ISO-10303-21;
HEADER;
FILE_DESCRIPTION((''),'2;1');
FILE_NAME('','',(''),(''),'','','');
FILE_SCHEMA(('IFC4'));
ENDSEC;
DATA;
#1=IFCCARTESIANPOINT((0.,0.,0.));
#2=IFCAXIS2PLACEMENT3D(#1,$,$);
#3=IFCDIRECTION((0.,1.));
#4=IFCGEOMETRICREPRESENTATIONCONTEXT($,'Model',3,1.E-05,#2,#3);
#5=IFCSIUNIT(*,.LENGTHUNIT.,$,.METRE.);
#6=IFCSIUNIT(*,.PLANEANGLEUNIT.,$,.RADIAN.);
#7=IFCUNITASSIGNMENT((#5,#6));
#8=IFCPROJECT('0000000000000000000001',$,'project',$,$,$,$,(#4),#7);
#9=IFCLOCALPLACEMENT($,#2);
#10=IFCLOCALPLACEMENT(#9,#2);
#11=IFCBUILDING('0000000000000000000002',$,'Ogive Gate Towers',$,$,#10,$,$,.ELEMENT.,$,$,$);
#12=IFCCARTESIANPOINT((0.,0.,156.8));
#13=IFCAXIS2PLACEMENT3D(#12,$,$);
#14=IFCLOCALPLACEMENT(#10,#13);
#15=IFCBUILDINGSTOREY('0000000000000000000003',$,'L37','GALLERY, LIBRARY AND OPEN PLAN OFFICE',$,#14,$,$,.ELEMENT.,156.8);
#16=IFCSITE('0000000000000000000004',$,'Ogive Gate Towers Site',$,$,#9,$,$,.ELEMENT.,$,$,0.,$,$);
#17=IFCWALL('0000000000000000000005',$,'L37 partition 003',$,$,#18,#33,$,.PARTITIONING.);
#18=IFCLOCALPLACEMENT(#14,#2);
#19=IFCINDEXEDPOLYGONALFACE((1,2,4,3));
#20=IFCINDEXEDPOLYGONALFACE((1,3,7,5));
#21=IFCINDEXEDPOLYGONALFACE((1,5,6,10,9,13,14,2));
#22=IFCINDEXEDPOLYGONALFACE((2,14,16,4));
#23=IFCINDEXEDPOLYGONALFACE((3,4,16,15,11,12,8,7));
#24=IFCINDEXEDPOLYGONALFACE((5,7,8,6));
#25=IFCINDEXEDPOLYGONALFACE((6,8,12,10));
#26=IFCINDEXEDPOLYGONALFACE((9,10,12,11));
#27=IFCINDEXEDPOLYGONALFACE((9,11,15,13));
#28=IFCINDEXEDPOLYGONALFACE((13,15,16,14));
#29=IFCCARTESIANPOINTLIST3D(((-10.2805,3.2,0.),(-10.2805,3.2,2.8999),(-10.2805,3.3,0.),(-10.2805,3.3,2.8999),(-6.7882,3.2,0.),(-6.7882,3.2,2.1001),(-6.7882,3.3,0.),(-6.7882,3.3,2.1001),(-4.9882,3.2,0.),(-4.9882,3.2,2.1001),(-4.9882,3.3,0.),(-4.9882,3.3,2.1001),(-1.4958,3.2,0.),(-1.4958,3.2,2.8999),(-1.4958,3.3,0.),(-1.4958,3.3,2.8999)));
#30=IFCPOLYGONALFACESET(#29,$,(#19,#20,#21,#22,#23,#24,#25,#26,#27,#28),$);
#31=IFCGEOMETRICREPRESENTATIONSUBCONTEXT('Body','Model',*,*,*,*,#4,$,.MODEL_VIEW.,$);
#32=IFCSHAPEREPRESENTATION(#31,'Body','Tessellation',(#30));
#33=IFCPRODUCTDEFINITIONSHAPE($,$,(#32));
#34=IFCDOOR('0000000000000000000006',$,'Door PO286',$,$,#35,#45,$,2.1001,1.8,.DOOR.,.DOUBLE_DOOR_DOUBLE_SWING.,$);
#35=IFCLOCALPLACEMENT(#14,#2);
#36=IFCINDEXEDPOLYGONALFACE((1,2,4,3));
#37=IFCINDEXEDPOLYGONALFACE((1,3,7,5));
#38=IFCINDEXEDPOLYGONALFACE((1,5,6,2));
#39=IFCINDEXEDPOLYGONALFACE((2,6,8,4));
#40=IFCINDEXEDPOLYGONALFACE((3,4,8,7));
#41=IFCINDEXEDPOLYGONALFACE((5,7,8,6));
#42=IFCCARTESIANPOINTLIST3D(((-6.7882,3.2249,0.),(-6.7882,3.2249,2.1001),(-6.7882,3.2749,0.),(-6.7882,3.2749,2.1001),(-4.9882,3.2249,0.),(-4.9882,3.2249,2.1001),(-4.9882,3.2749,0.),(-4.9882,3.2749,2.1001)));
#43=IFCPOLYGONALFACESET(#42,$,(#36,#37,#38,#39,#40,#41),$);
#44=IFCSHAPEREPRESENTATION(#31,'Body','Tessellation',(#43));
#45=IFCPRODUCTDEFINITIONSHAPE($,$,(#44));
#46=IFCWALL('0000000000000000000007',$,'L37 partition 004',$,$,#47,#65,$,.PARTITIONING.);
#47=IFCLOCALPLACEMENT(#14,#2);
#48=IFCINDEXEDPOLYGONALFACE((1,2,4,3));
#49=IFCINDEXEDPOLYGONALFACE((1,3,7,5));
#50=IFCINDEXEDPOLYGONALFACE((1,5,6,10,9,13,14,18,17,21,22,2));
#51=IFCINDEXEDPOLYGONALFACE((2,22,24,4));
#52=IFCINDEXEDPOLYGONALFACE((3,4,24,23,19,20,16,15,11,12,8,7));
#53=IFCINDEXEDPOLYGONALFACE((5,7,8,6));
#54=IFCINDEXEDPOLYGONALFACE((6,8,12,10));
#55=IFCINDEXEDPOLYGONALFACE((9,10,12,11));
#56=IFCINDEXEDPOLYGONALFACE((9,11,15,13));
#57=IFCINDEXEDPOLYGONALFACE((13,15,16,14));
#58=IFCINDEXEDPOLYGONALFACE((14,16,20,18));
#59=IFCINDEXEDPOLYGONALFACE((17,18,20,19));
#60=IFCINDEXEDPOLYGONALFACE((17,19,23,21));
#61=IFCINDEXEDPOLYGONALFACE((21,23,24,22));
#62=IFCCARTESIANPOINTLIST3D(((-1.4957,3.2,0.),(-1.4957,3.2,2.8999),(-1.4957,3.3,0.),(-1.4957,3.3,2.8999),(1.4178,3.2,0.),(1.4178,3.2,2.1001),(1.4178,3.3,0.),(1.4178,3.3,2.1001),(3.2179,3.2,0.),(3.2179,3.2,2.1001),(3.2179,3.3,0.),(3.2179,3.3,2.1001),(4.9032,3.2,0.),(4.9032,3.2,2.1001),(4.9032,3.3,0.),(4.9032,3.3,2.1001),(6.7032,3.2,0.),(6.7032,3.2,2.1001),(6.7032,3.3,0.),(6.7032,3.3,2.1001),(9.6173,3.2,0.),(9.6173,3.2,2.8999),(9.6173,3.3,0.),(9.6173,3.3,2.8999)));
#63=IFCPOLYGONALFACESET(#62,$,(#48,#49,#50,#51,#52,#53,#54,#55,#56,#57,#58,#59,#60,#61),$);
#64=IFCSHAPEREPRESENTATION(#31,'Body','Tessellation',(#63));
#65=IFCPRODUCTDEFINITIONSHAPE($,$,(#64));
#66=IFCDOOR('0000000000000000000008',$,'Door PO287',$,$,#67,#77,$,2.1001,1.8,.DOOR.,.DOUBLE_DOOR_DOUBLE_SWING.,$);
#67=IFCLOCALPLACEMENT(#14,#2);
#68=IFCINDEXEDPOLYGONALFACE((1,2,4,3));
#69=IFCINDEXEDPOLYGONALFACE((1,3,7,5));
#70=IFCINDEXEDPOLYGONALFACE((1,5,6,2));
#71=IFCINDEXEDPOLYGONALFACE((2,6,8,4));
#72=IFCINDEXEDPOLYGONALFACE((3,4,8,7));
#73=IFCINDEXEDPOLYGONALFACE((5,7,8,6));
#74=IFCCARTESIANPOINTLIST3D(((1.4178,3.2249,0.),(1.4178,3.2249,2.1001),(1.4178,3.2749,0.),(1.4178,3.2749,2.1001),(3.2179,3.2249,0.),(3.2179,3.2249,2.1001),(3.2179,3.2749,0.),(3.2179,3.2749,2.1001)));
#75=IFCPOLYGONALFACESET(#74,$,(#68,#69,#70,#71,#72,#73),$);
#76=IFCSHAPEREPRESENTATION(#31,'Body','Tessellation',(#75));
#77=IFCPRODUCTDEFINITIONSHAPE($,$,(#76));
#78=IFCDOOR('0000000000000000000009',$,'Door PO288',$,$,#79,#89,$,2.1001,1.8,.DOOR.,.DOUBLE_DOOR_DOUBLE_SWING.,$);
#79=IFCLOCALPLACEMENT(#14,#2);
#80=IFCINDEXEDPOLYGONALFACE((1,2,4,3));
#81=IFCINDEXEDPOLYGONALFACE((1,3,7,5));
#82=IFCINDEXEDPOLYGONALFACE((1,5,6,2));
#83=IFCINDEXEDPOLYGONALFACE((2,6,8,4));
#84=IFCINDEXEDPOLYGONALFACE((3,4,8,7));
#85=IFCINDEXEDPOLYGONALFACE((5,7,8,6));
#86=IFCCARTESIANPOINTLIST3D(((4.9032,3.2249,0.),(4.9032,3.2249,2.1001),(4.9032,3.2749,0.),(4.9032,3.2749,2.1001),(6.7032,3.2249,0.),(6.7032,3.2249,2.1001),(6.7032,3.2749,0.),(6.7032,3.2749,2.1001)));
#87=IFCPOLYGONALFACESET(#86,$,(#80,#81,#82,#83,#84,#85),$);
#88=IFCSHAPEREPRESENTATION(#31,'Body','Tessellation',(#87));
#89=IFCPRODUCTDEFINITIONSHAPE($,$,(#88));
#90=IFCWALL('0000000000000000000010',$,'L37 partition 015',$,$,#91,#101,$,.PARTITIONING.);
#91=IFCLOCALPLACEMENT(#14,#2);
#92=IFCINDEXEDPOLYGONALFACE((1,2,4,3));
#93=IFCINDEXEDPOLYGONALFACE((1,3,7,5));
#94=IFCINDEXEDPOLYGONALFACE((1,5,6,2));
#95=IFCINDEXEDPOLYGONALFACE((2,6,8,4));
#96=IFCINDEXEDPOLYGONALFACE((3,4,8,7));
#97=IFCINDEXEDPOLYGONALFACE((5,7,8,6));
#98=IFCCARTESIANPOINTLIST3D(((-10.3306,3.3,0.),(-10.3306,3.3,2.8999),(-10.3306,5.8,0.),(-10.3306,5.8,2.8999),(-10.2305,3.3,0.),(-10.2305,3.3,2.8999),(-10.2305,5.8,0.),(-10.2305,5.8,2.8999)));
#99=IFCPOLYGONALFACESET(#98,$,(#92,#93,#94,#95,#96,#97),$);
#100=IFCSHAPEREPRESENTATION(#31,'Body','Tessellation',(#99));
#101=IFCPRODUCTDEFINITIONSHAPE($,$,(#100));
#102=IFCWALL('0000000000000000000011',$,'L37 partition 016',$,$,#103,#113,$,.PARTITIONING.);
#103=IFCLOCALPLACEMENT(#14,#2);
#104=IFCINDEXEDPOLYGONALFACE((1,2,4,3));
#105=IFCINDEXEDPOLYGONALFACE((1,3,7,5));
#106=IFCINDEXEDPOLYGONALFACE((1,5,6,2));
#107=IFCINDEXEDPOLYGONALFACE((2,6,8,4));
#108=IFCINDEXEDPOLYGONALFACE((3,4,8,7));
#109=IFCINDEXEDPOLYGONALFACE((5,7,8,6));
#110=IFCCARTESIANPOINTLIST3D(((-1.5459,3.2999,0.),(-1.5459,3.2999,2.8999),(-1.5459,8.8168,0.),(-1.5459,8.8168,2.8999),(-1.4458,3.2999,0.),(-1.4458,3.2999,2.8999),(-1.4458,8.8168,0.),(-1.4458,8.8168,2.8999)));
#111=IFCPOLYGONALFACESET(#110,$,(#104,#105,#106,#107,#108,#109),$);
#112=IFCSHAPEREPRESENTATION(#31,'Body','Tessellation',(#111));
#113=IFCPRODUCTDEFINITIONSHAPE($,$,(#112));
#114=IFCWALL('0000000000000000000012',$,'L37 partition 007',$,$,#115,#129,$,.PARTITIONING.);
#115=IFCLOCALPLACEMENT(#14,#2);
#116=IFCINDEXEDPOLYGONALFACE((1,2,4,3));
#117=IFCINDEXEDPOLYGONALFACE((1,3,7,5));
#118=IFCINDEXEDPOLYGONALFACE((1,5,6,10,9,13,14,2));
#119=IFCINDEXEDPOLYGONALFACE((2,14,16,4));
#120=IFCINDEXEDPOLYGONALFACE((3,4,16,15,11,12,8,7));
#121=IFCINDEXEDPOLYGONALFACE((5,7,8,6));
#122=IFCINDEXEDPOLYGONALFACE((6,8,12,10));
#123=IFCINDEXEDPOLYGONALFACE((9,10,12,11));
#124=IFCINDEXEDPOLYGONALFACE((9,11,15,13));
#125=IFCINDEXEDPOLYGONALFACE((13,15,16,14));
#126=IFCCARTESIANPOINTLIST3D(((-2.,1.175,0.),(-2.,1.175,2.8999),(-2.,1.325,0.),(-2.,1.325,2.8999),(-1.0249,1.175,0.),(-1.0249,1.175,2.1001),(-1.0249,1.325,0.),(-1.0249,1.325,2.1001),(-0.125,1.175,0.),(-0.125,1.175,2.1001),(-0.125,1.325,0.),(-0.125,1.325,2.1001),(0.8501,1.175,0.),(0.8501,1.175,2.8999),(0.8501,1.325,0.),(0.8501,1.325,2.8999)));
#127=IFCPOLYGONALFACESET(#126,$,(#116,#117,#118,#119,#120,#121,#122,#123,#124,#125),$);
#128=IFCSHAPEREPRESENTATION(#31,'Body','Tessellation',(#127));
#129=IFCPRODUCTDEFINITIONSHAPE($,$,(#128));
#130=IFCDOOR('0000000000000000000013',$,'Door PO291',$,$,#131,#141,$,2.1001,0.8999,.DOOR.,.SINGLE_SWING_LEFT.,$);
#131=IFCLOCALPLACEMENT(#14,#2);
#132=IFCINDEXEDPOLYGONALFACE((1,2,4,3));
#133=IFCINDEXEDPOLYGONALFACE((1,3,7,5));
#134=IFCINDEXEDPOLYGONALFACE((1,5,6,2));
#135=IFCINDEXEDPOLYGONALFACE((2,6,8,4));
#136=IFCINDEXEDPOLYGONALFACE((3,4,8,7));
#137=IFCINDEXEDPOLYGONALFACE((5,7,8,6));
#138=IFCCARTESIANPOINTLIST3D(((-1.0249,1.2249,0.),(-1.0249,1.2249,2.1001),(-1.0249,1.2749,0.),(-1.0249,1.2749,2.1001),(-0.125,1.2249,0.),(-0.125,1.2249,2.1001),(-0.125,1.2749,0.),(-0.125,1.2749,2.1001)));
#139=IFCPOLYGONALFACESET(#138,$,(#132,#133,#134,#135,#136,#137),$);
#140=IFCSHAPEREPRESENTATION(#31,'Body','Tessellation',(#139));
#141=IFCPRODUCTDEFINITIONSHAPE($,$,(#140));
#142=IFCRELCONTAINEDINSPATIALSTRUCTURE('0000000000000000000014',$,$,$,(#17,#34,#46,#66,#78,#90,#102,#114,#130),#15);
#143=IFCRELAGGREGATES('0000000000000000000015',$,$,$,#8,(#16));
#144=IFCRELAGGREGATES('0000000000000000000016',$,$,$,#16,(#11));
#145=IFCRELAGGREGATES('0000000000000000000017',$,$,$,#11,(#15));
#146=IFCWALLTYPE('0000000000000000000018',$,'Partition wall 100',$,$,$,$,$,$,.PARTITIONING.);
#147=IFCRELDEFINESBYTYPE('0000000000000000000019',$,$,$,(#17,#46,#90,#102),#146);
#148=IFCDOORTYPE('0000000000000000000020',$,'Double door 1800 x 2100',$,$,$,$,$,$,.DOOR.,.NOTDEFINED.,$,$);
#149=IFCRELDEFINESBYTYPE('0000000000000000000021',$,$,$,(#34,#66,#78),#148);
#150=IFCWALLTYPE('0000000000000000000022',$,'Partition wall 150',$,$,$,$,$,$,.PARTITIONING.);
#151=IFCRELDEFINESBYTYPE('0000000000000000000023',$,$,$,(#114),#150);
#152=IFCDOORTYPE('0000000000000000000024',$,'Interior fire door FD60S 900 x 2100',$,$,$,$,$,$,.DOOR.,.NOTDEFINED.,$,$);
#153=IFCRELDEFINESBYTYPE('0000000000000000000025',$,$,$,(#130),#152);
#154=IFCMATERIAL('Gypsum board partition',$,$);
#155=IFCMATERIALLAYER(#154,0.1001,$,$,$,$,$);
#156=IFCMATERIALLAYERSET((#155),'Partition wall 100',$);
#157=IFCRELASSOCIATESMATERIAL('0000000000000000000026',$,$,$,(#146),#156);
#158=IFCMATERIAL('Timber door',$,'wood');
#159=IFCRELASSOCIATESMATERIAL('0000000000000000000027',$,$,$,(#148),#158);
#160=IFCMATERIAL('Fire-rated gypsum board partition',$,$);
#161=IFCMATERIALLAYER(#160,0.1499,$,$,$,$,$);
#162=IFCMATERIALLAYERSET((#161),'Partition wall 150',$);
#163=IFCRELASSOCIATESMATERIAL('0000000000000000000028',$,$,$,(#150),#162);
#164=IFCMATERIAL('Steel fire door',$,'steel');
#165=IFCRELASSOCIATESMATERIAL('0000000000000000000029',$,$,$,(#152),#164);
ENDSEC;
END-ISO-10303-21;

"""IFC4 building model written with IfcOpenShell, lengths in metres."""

from ifc_helpers import new_model, si_unit, direction, frame, frame_2d, origin, place, context, subcontext, project, spatial, rectangle, extrude, material, layer, layer_set, type_object, element, fill, save


model = new_model("IFC4")

# Units and contexts
model_context = context("Model", 3, precision=1e-05, world=origin(), true_north=direction((0.0, 1.0)))
body_context = subcontext(model_context, "Body", "Model", "MODEL_VIEW")
ifc_project = project(units=[si_unit("LENGTHUNIT", "METRE"), si_unit("PLANEANGLEUNIT", "RADIAN")], contexts=[model_context])

# Site, building, storey
site_placement = place(None, origin())
site = spatial("IfcSite", under=ifc_project, at=site_placement, Name="Ogive Gate Towers Site", CompositionType="ELEMENT", RefElevation=0.0)
building_placement = place(site_placement, origin())
building = spatial("IfcBuilding", under=site, at=building_placement, Name="Ogive Gate Towers", CompositionType="ELEMENT")
storey_placement = place(building_placement, frame((0.0, 0.0, 156.8)))
storey = spatial("IfcBuildingStorey", under=building, at=storey_placement, Name="L37", Description="GALLERY, LIBRARY AND OPEN PLAN OFFICE", CompositionType="ELEMENT", Elevation=156.8)

# Wall, opening, door
ifc_material_1 = material(Name="Gypsum board partition")
ifc_layer_1 = layer(ifc_material_1, 0.1001)
ifc_layer_set_1 = layer_set([ifc_layer_1], Name="Partition wall 100")
wall_type_1 = type_object("IfcWallType", Name="Partition wall 100", PredefinedType="PARTITIONING", material=ifc_layer_set_1)
wall_1_placement = place(storey_placement, frame((-10.2805, 3.25, 0.0), z_axis=(0.0, 0.0, 1.0), x_axis=(1.0, 0.0, 0.0)))
wall_1 = element("IfcWall", 1, at=wall_1_placement, inside=storey, type_object=wall_type_1, Name="L37 partition 003", PredefinedType="PARTITIONING", context=body_context, shape_type="SweptSolid", body=[
    extrude(rectangle(XDim=8.7847, YDim=0.1001, at=frame_2d((4.3923, 0.0))), origin(), (0.0, 0.0, 1.0), 2.8999),
])
opening_1_placement = place(wall_1_placement, frame((3.4924, 0.0, 0.0)))
opening_1 = element("IfcOpeningElement", 2, at=opening_1_placement, cuts=wall_1, PredefinedType="OPENING", context=body_context, shape_type="SweptSolid", body=[
    extrude(rectangle(XDim=1.8, YDim=2.1001, at=frame_2d((0.8999, 1.05))), frame((0.0, 0.0601, 0.0), z_axis=(0.0, -1.0, 0.0), x_axis=(1.0, 0.0, 0.0)), (0.0, 0.0, 1.0), 0.1201),
])
ifc_material_2 = material(Name="Timber door", Category="wood")
door_type_1 = type_object("IfcDoorType", Name="Double door 1800 x 2100", OperationType="NOTDEFINED", PredefinedType="DOOR", material=ifc_material_2)
door_1_placement = place(opening_1_placement, origin())
door_1 = element("IfcDoor", 3, at=door_1_placement, inside=storey, type_object=door_type_1, Name="Door PO286", OperationType="DOUBLE_DOOR_DOUBLE_SWING", OverallHeight=2.1001, OverallWidth=1.8, PredefinedType="DOOR", context=body_context, shape_type="SweptSolid", body=[
    extrude(rectangle(XDim=1.8, YDim=2.1001, at=frame_2d((0.8999, 1.05))), frame((0.0, 0.0249, 0.0), z_axis=(0.0, -1.0, 0.0), x_axis=(1.0, 0.0, 0.0)), (0.0, 0.0, 1.0), 0.05),
])
fill(opening_1, door_1)

# Wall, openings, doors
wall_2_placement = place(storey_placement, frame((-1.4958, 3.25, 0.0), z_axis=(0.0, 0.0, 1.0), x_axis=(1.0, 0.0, 0.0)))
wall_2 = element("IfcWall", 4, at=wall_2_placement, inside=storey, type_object=wall_type_1, Name="L37 partition 004", PredefinedType="PARTITIONING", context=body_context, shape_type="SweptSolid", body=[
    extrude(rectangle(XDim=11.113, YDim=0.1001, at=frame_2d((5.5566, 0.0))), origin(), (0.0, 0.0, 1.0), 2.8999),
])
opening_2_placement = place(wall_2_placement, frame((2.9138, 0.0, 0.0)))
opening_2 = element("IfcOpeningElement", 5, at=opening_2_placement, cuts=wall_2, PredefinedType="OPENING", context=body_context, shape_type="SweptSolid", body=[
    extrude(rectangle(XDim=1.8, YDim=2.1001, at=frame_2d((0.8999, 1.05))), frame((0.0, 0.0601, 0.0), z_axis=(0.0, -1.0, 0.0), x_axis=(1.0, 0.0, 0.0)), (0.0, 0.0, 1.0), 0.1201),
])
opening_3_placement = place(wall_2_placement, frame((6.3992, 0.0, 0.0)))
opening_3 = element("IfcOpeningElement", 6, at=opening_3_placement, cuts=wall_2, PredefinedType="OPENING", context=body_context, shape_type="SweptSolid", body=[
    extrude(rectangle(XDim=1.8, YDim=2.1001, at=frame_2d((0.8999, 1.05))), frame((0.0, 0.0601, 0.0), z_axis=(0.0, -1.0, 0.0), x_axis=(1.0, 0.0, 0.0)), (0.0, 0.0, 1.0), 0.1201),
])
door_2_placement = place(opening_2_placement, origin())
door_2 = element("IfcDoor", 7, at=door_2_placement, inside=storey, type_object=door_type_1, Name="Door PO287", OperationType="DOUBLE_DOOR_DOUBLE_SWING", OverallHeight=2.1001, OverallWidth=1.8, PredefinedType="DOOR", context=body_context, shape_type="SweptSolid", body=[
    extrude(rectangle(XDim=1.8, YDim=2.1001, at=frame_2d((0.8999, 1.05))), frame((0.0, 0.0249, 0.0), z_axis=(0.0, -1.0, 0.0), x_axis=(1.0, 0.0, 0.0)), (0.0, 0.0, 1.0), 0.05),
])
fill(opening_2, door_2)
door_3_placement = place(opening_3_placement, origin())
door_3 = element("IfcDoor", 8, at=door_3_placement, inside=storey, type_object=door_type_1, Name="Door PO288", OperationType="DOUBLE_DOOR_DOUBLE_SWING", OverallHeight=2.1001, OverallWidth=1.8, PredefinedType="DOOR", context=body_context, shape_type="SweptSolid", body=[
    extrude(rectangle(XDim=1.8, YDim=2.1001, at=frame_2d((0.8999, 1.05))), frame((0.0, 0.0249, 0.0), z_axis=(0.0, -1.0, 0.0), x_axis=(1.0, 0.0, 0.0)), (0.0, 0.0, 1.0), 0.05),
])
fill(opening_3, door_3)

# Walls
wall_3_placement = place(storey_placement, frame((-10.2805, 3.3, 0.0), z_axis=(0.0, 0.0, 1.0), x_axis=(0.0, 1.0, 0.0)))
element("IfcWall", 9, at=wall_3_placement, inside=storey, type_object=wall_type_1, Name="L37 partition 015", PredefinedType="PARTITIONING", context=body_context, shape_type="SweptSolid", body=[
    extrude(rectangle(XDim=2.5, YDim=0.1001, at=frame_2d((1.25, 0.0))), origin(), (0.0, 0.0, 1.0), 2.8999),
])
wall_4_placement = place(storey_placement, frame((-1.4958, 3.3, 0.0), z_axis=(0.0, 0.0, 1.0), x_axis=(0.0, 1.0, 0.0)))
element("IfcWall", 10, at=wall_4_placement, inside=storey, type_object=wall_type_1, Name="L37 partition 016", PredefinedType="PARTITIONING", context=body_context, shape_type="SweptSolid", body=[
    extrude(rectangle(XDim=5.5168, YDim=0.1001, at=frame_2d((2.7583, 0.0))), origin(), (0.0, 0.0, 1.0), 2.8999),
])

# Wall, opening, door
ifc_material_3 = material(Name="Fire-rated gypsum board partition")
ifc_layer_2 = layer(ifc_material_3, 0.1499)
ifc_layer_set_2 = layer_set([ifc_layer_2], Name="Partition wall 150")
wall_type_2 = type_object("IfcWallType", Name="Partition wall 150", PredefinedType="PARTITIONING", material=ifc_layer_set_2)
wall_5_placement = place(storey_placement, frame((-2.0, 1.25, 0.0), z_axis=(0.0, 0.0, 1.0), x_axis=(1.0, 0.0, 0.0)))
wall_5 = element("IfcWall", 11, at=wall_5_placement, inside=storey, type_object=wall_type_2, Name="L37 partition 007", PredefinedType="PARTITIONING", context=body_context, shape_type="SweptSolid", body=[
    extrude(rectangle(XDim=2.8501, YDim=0.1499, at=frame_2d((1.425, 0.0))), origin(), (0.0, 0.0, 1.0), 2.8999),
])
opening_4_placement = place(wall_5_placement, frame((0.9751, 0.0, 0.0)))
opening_4 = element("IfcOpeningElement", 12, at=opening_4_placement, cuts=wall_5, PredefinedType="OPENING", context=body_context, shape_type="SweptSolid", body=[
    extrude(rectangle(XDim=0.8999, YDim=2.1001, at=frame_2d((0.45, 1.05))), frame((0.0, 0.085, 0.0), z_axis=(0.0, -1.0, 0.0), x_axis=(1.0, 0.0, 0.0)), (0.0, 0.0, 1.0), 0.1699),
])
ifc_material_4 = material(Name="Steel fire door", Category="steel")
door_type_2 = type_object("IfcDoorType", Name="Interior fire door FD60S 900 x 2100", OperationType="NOTDEFINED", PredefinedType="DOOR", material=ifc_material_4)
door_4_placement = place(opening_4_placement, origin())
door_4 = element("IfcDoor", 13, at=door_4_placement, inside=storey, type_object=door_type_2, Name="Door PO291", OperationType="SINGLE_SWING_LEFT", OverallHeight=2.1001, OverallWidth=0.8999, PredefinedType="DOOR", context=body_context, shape_type="SweptSolid", body=[
    extrude(rectangle(XDim=0.8999, YDim=2.1001, at=frame_2d((0.45, 1.05))), frame((0.0, 0.0249, 0.0), z_axis=(0.0, -1.0, 0.0), x_axis=(1.0, 0.0, 0.0)), (0.0, 0.0, 1.0), 0.05),
])
fill(opening_4, door_4)

save(model, "model.ifc")
